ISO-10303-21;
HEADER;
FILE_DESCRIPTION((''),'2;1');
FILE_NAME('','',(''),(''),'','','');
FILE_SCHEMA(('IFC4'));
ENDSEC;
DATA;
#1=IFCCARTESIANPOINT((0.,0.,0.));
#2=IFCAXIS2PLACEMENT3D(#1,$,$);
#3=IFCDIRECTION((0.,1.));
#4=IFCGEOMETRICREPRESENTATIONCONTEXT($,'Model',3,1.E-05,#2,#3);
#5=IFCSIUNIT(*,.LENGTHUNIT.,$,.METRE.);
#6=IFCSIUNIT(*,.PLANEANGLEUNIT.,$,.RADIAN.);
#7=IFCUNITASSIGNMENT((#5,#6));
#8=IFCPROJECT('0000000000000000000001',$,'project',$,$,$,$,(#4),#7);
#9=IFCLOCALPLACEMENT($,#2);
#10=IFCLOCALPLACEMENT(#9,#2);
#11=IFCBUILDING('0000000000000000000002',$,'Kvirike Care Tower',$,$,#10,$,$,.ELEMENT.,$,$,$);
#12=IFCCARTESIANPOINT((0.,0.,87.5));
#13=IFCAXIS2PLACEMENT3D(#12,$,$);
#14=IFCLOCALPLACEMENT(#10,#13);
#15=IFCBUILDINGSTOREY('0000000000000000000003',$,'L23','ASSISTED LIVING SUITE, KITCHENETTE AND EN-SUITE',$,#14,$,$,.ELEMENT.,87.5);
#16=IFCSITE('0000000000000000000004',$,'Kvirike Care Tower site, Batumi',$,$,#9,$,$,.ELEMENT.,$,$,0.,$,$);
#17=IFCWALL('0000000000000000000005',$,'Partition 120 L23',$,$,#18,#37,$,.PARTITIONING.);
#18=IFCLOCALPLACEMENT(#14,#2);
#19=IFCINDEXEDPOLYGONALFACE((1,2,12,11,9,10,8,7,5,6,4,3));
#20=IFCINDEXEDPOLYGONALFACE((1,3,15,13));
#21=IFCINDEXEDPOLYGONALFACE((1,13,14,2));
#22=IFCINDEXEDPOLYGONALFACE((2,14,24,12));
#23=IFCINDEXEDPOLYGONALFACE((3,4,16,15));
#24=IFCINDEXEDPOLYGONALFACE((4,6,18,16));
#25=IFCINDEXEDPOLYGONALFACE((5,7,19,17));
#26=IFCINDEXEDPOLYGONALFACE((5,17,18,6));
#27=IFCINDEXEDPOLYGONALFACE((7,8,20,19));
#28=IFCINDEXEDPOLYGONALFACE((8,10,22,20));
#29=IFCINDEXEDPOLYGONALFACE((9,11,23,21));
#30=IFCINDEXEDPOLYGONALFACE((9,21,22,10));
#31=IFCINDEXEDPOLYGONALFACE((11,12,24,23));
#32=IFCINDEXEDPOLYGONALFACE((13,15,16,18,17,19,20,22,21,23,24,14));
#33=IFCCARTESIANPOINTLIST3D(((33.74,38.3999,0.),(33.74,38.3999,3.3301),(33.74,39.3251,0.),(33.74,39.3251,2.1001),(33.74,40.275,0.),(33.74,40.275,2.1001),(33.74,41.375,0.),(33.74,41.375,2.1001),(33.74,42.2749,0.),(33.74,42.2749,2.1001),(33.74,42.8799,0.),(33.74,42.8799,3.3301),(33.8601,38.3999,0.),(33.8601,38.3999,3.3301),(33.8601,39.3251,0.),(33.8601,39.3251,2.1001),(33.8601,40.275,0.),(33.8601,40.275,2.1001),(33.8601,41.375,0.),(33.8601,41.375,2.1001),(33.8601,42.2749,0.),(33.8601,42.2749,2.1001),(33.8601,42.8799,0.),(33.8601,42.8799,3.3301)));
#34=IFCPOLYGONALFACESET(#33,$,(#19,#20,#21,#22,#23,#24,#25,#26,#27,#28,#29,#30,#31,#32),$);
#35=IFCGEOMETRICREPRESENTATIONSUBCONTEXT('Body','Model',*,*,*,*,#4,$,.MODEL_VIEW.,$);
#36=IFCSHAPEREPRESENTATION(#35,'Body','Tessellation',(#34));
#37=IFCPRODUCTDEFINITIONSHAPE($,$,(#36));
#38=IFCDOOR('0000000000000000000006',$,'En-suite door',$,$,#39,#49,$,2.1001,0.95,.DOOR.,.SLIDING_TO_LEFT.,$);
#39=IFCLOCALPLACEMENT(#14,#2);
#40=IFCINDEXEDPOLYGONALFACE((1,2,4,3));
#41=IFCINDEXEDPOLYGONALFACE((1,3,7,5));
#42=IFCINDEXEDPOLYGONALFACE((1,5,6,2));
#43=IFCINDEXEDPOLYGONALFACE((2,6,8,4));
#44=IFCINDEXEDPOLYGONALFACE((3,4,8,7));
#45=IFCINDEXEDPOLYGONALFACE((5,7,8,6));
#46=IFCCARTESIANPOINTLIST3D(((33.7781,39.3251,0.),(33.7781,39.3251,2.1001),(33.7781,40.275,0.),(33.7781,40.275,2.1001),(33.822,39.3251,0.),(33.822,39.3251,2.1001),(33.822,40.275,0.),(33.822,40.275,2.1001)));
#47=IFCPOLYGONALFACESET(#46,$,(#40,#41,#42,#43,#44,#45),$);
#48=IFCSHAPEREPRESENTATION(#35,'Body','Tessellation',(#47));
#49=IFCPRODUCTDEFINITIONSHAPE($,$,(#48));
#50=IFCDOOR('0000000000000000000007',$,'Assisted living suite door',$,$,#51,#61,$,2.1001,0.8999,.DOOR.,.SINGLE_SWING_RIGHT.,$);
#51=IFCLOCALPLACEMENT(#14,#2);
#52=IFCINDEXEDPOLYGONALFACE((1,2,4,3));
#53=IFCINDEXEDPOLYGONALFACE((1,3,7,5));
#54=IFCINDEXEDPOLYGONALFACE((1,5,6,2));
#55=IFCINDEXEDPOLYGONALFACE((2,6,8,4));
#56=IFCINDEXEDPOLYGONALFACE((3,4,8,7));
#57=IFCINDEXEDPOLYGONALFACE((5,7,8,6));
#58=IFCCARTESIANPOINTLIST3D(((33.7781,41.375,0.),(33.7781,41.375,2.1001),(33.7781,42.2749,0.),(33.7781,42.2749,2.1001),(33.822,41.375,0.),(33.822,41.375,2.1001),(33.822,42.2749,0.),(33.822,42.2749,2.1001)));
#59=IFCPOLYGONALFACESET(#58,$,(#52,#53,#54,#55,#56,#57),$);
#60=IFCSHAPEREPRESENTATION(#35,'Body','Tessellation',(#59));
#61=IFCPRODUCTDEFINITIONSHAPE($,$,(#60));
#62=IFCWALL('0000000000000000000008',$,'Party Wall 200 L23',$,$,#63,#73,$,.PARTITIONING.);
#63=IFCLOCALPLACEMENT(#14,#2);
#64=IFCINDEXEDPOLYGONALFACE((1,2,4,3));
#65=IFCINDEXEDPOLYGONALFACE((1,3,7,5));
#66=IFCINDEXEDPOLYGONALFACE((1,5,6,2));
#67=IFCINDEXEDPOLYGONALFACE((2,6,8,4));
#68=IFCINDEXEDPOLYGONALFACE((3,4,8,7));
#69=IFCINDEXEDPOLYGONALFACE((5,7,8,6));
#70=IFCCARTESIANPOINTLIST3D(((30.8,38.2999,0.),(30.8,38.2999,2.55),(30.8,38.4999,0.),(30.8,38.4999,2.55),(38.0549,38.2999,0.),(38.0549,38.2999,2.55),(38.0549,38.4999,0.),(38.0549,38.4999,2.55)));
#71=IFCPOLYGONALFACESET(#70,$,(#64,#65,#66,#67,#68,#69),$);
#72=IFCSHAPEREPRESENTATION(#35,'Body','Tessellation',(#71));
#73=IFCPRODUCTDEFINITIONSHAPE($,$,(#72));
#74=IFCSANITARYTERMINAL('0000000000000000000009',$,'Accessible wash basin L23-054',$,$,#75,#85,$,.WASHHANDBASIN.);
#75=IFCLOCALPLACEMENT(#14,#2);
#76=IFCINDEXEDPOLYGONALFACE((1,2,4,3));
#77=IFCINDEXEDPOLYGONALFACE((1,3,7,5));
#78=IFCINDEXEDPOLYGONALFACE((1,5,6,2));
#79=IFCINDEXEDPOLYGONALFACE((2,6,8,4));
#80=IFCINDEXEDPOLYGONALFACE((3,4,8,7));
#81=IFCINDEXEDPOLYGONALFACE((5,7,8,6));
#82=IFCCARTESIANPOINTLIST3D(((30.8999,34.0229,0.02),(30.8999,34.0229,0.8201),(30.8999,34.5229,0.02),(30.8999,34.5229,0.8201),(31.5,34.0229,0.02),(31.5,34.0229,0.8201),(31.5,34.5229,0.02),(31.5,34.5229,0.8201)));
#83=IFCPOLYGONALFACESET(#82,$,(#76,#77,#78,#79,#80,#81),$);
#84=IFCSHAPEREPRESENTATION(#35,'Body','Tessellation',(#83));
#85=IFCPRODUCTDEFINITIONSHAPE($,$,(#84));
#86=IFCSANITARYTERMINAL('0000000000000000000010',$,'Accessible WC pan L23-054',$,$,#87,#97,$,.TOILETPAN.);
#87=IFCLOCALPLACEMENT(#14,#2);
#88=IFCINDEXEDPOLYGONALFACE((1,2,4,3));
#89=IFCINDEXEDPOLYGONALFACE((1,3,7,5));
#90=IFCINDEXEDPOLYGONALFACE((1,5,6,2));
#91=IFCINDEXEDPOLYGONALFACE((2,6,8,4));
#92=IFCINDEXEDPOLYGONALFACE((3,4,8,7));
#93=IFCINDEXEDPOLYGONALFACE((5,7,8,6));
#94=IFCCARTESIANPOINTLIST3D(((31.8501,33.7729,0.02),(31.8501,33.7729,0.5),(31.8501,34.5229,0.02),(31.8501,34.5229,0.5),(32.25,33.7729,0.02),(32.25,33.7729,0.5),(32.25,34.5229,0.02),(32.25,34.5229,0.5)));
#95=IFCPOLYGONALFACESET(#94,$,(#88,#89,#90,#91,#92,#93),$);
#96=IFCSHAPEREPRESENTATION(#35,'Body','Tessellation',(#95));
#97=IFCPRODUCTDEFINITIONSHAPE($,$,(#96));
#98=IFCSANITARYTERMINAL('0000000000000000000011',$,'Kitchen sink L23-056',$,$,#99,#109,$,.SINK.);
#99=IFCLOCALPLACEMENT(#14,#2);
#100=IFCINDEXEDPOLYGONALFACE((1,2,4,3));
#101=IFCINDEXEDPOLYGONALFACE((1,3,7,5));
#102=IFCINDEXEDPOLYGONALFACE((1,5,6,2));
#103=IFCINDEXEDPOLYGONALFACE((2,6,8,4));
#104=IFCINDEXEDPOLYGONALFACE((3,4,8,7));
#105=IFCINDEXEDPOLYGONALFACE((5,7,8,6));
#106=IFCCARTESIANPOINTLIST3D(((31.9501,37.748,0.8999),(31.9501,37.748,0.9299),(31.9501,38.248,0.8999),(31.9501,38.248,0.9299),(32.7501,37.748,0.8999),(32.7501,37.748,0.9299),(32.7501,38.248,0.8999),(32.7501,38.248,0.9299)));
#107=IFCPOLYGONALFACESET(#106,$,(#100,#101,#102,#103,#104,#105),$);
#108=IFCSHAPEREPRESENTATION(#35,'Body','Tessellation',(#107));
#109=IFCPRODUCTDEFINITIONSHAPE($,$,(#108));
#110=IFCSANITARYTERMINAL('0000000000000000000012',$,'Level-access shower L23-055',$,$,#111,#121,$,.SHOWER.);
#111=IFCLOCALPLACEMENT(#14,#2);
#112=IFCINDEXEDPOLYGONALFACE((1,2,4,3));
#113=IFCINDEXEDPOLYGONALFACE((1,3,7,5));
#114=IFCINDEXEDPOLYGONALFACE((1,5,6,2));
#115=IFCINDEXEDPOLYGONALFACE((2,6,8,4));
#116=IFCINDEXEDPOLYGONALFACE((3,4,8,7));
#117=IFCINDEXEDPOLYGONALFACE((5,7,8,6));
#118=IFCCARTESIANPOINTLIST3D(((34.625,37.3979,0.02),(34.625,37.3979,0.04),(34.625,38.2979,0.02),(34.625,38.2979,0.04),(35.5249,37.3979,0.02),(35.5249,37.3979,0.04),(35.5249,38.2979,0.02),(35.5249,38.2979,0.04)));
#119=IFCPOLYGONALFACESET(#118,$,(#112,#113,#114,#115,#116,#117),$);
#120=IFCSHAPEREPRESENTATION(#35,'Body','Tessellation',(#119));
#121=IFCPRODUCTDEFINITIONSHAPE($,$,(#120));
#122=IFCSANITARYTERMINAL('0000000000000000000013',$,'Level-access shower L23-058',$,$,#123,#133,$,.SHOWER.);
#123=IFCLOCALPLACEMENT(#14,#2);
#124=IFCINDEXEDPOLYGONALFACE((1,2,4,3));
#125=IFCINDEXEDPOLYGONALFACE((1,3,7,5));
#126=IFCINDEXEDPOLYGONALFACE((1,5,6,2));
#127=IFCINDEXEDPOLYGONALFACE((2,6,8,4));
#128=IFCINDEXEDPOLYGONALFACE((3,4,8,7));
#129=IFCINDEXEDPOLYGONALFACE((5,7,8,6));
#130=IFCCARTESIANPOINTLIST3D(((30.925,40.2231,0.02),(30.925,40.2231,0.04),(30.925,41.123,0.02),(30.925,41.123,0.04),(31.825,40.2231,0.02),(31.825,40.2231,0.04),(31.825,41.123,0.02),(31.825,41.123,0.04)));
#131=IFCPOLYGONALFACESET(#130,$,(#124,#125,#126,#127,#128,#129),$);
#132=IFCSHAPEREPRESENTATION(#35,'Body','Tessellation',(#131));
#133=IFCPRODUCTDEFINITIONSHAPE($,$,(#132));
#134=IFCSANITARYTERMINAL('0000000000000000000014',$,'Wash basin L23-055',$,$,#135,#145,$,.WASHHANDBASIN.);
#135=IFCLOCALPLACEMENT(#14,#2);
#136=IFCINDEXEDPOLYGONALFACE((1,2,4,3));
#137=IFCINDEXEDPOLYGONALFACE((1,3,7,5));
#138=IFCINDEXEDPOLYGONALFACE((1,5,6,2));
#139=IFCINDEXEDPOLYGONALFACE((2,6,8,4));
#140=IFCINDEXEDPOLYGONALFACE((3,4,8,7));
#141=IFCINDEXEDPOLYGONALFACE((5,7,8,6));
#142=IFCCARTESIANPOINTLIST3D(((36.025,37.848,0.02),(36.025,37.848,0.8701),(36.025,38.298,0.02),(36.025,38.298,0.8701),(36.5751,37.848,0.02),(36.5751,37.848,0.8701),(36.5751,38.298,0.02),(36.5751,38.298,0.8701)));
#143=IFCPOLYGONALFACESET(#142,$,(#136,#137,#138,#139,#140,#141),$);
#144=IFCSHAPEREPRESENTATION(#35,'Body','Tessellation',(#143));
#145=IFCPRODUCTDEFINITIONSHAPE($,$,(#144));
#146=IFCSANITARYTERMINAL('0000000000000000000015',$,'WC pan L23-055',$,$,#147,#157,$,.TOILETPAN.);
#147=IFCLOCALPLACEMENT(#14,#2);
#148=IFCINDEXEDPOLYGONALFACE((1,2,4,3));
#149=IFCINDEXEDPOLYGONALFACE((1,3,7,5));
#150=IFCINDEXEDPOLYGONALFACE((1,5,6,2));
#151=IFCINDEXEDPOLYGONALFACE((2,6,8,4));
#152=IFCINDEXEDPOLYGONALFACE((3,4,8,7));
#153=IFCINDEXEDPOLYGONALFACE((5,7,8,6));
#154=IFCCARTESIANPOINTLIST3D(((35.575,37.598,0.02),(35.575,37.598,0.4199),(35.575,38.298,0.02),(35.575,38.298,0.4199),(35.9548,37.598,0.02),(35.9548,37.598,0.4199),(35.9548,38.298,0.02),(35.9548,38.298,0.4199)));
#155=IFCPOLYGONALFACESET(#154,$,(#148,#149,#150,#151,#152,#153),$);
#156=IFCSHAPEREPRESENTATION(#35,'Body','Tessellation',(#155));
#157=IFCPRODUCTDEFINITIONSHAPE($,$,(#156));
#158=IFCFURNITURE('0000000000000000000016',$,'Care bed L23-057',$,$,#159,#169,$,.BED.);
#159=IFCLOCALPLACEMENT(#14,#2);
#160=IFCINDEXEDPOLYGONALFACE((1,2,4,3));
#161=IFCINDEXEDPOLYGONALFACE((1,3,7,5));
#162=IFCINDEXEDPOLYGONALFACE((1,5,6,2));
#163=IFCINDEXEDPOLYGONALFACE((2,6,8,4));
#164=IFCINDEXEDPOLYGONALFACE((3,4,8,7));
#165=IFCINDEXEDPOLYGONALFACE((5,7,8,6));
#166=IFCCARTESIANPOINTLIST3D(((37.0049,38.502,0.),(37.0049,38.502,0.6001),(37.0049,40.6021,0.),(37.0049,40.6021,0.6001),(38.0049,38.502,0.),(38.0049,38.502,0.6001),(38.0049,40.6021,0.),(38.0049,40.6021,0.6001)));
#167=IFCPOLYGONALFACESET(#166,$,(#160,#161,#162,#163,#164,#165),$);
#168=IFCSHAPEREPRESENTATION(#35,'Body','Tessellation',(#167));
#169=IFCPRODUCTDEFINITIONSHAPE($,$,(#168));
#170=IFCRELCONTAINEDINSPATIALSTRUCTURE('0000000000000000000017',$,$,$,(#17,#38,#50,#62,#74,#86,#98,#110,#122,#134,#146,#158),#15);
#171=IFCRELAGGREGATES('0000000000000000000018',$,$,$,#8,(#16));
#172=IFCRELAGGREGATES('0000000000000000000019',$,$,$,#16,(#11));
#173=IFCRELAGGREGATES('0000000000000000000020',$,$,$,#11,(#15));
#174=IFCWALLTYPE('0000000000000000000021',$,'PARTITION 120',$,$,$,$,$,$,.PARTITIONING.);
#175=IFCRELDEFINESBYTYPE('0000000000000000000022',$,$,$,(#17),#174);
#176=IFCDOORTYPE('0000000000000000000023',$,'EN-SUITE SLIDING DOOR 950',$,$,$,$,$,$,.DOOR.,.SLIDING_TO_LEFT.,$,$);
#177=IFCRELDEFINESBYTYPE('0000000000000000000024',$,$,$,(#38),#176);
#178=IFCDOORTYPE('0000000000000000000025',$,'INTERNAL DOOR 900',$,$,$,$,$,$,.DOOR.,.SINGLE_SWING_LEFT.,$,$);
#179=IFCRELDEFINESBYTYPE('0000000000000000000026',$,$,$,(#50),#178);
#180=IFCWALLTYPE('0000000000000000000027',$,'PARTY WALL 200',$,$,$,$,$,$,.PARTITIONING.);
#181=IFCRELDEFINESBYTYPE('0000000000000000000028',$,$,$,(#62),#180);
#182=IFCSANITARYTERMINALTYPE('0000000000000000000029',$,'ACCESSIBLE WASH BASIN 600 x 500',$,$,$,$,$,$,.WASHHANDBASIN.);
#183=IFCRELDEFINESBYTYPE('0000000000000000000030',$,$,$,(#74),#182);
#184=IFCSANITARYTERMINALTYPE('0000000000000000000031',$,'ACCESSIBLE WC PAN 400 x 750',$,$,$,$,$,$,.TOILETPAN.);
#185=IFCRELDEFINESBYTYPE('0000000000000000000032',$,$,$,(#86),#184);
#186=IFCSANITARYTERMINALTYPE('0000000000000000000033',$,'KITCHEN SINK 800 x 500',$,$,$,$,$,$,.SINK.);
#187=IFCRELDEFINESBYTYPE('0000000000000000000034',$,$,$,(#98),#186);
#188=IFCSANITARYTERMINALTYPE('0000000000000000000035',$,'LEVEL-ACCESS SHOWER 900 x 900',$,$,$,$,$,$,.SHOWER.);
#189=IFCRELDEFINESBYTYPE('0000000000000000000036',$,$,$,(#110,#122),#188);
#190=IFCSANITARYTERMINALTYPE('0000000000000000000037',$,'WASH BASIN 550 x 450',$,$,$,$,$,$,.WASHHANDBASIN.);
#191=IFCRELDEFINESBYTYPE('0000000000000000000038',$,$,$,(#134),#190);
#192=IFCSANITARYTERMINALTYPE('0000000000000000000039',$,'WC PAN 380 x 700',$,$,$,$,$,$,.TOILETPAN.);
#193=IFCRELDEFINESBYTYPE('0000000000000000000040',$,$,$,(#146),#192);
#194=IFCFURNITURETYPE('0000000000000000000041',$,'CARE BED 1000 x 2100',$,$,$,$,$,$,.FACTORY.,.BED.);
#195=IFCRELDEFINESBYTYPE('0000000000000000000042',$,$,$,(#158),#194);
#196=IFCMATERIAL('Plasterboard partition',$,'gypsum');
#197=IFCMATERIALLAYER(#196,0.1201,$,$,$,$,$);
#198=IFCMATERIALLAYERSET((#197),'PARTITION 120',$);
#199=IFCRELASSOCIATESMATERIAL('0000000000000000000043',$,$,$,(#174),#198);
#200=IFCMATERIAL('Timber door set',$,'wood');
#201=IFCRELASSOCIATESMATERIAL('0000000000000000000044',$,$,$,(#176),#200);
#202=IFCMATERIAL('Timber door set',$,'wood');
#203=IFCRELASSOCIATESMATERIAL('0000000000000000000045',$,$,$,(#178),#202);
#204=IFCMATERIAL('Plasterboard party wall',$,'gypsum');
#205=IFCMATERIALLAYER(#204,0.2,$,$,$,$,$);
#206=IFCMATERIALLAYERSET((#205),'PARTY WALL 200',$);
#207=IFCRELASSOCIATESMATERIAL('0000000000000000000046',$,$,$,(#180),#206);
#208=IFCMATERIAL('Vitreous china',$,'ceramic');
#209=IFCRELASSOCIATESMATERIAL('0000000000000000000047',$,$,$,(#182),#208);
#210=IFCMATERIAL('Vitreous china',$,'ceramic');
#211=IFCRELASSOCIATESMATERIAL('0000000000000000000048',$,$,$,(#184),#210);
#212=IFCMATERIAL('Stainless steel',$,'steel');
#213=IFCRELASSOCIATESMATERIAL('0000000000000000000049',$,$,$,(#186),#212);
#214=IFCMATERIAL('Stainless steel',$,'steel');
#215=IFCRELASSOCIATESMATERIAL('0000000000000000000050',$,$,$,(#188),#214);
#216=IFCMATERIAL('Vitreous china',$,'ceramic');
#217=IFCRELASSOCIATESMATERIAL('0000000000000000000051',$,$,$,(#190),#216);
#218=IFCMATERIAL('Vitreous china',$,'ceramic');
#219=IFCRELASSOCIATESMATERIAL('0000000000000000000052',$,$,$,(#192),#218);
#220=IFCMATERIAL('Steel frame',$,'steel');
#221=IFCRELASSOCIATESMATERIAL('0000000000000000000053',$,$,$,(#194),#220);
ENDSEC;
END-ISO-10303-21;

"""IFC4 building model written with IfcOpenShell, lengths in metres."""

from ifc_helpers import new_model, si_unit, direction, frame, frame_2d, origin, origin_2d, place, context, subcontext, project, spatial, rectangle, extrude, material, layer, layer_set, type_object, element, fill, save


model = new_model("IFC4")

# Units and contexts
model_context = context("Model", 3, precision=1e-05, world=origin(), true_north=direction((0.0, 1.0)))
body_context = subcontext(model_context, "Body", "Model", "MODEL_VIEW")
ifc_project = project(units=[si_unit("LENGTHUNIT", "METRE"), si_unit("PLANEANGLEUNIT", "RADIAN")], contexts=[model_context])

# Site, building, storey
site_placement = place(None, origin())
site = spatial("IfcSite", under=ifc_project, at=site_placement, Name="Kvirike Care Tower site, Batumi", CompositionType="ELEMENT", RefElevation=0.0)
building_placement = place(site_placement, origin())
building = spatial("IfcBuilding", under=site, at=building_placement, Name="Kvirike Care Tower", CompositionType="ELEMENT")
storey_placement = place(building_placement, frame((0.0, 0.0, 87.5)))
storey = spatial("IfcBuildingStorey", under=building, at=storey_placement, Name="L23", Description="ASSISTED LIVING SUITE, KITCHENETTE AND EN-SUITE", CompositionType="ELEMENT", Elevation=87.5)

# Wall, openings, doors
ifc_material_1 = material(Name="Plasterboard partition", Category="gypsum")
ifc_layer_1 = layer(ifc_material_1, 0.1201)
ifc_layer_set_1 = layer_set([ifc_layer_1], Name="PARTITION 120")
wall_type_1 = type_object("IfcWallType", Name="PARTITION 120", PredefinedType="PARTITIONING", material=ifc_layer_set_1)
ifc_material_2 = material(Name="Timber door set", Category="wood")
door_type_1 = type_object("IfcDoorType", Name="EN-SUITE SLIDING DOOR 950", OperationType="SLIDING_TO_LEFT", PredefinedType="DOOR", material=ifc_material_2)
ifc_material_3 = material(Name="Timber door set", Category="wood")
door_type_2 = type_object("IfcDoorType", Name="INTERNAL DOOR 900", OperationType="SINGLE_SWING_LEFT", PredefinedType="DOOR", material=ifc_material_3)
wall_1_placement = place(storey_placement, frame((33.8, 38.3999, 0.0), z_axis=(0.0, 0.0, 1.0), x_axis=(0.0, 1.0, 0.0)))
wall_1 = element("IfcWall", 1, at=wall_1_placement, inside=storey, type_object=wall_type_1, Name="Partition 120 L23", PredefinedType="PARTITIONING", context=body_context, shape_type="SweptSolid", body=[
    extrude(rectangle(XDim=4.48, YDim=0.1201, at=frame_2d((2.24, 0.0))), origin(), (0.0, 0.0, 1.0), 3.3301),
])
opening_1_placement = place(wall_1_placement, frame((2.9751, 0.0, 0.0)))
opening_1 = element("IfcOpeningElement", 2, at=opening_1_placement, cuts=wall_1, PredefinedType="OPENING", context=body_context, shape_type="SweptSolid", body=[
    extrude(rectangle(XDim=0.8999, YDim=2.1001, at=frame_2d((0.45, 1.05))), frame((0.0, 0.0706, 0.0), z_axis=(0.0, -1.0, 0.0), x_axis=(1.0, 0.0, 0.0)), (0.0, 0.0, 1.0), 0.1411),
])
opening_2_placement = place(wall_1_placement, frame((0.925, 0.0, 0.0)))
opening_2 = element("IfcOpeningElement", 3, at=opening_2_placement, cuts=wall_1, PredefinedType="OPENING", context=body_context, shape_type="SweptSolid", body=[
    extrude(rectangle(XDim=0.95, YDim=2.1001, at=frame_2d((0.4751, 1.05))), frame((0.0, 0.0706, 0.0), z_axis=(0.0, -1.0, 0.0), x_axis=(1.0, 0.0, 0.0)), (0.0, 0.0, 1.0), 0.1411),
])
door_1_placement = place(opening_2_placement, origin())
door_1 = element("IfcDoor", 4, at=door_1_placement, inside=storey, type_object=door_type_1, Name="En-suite door", OperationType="SLIDING_TO_LEFT", OverallHeight=2.1001, OverallWidth=0.95, PredefinedType="DOOR", context=body_context, shape_type="SweptSolid", body=[
    extrude(rectangle(XDim=0.95, YDim=2.1001, at=frame_2d((0.4751, 1.05))), frame((0.0, 0.022, 0.0), z_axis=(0.0, -1.0, 0.0), x_axis=(1.0, 0.0, 0.0)), (0.0, 0.0, 1.0), 0.0439),
])
fill(opening_2, door_1)
door_2_placement = place(opening_1_placement, origin())
door_2 = element("IfcDoor", 5, at=door_2_placement, inside=storey, type_object=door_type_2, Name="Assisted living suite door", OperationType="SINGLE_SWING_RIGHT", OverallHeight=2.1001, OverallWidth=0.8999, PredefinedType="DOOR", context=body_context, shape_type="SweptSolid", body=[
    extrude(rectangle(XDim=0.8999, YDim=2.1001, at=frame_2d((0.45, 1.05))), frame((0.0, 0.022, 0.0), z_axis=(0.0, -1.0, 0.0), x_axis=(1.0, 0.0, 0.0)), (0.0, 0.0, 1.0), 0.0439),
])
fill(opening_1, door_2)

# Wall
ifc_material_4 = material(Name="Plasterboard party wall", Category="gypsum")
ifc_layer_2 = layer(ifc_material_4, 0.2)
ifc_layer_set_2 = layer_set([ifc_layer_2], Name="PARTY WALL 200")
wall_type_2 = type_object("IfcWallType", Name="PARTY WALL 200", PredefinedType="PARTITIONING", material=ifc_layer_set_2)
wall_2_placement = place(storey_placement, frame((38.0549, 38.3999, 0.0), z_axis=(0.0, 0.0, 1.0), x_axis=(-1.0, 0.0, 0.0)))
element("IfcWall", 6, at=wall_2_placement, inside=storey, type_object=wall_type_2, Name="Party Wall 200 L23", PredefinedType="PARTITIONING", context=body_context, shape_type="SweptSolid", body=[
    extrude(rectangle(XDim=7.2549, YDim=0.2, at=frame_2d((3.6274, 0.0))), origin(), (0.0, 0.0, 1.0), 2.55),
])

# Sanitary terminals
ifc_material_5 = material(Name="Vitreous china", Category="ceramic")
sanitary_terminal_type_1 = type_object("IfcSanitaryTerminalType", Name="ACCESSIBLE WASH BASIN 600 x 500", PredefinedType="WASHHANDBASIN", material=ifc_material_5)
sanitary_terminal_1_placement = place(storey_placement, frame((31.2, 34.2729, 0.02), z_axis=(0.0, 0.0, 1.0), x_axis=(1.0, 0.0, 0.0)))
element("IfcSanitaryTerminal", 7, at=sanitary_terminal_1_placement, inside=storey, type_object=sanitary_terminal_type_1, Name="Accessible wash basin L23-054", PredefinedType="WASHHANDBASIN", context=body_context, shape_type="SweptSolid", body=[
    extrude(rectangle(XDim=0.6001, YDim=0.5, at=origin_2d()), origin(), (0.0, 0.0, 1.0), 0.8),
])
ifc_material_6 = material(Name="Vitreous china", Category="ceramic")
sanitary_terminal_type_2 = type_object("IfcSanitaryTerminalType", Name="ACCESSIBLE WC PAN 400 x 750", PredefinedType="TOILETPAN", material=ifc_material_6)
sanitary_terminal_2_placement = place(storey_placement, frame((32.05, 34.1479, 0.02), z_axis=(0.0, 0.0, 1.0), x_axis=(1.0, 0.0, 0.0)))
element("IfcSanitaryTerminal", 8, at=sanitary_terminal_2_placement, inside=storey, type_object=sanitary_terminal_type_2, Name="Accessible WC pan L23-054", PredefinedType="TOILETPAN", context=body_context, shape_type="SweptSolid", body=[
    extrude(rectangle(XDim=0.3999, YDim=0.75, at=origin_2d()), origin(), (0.0, 0.0, 1.0), 0.48),
])
ifc_material_7 = material(Name="Stainless steel", Category="steel")
sanitary_terminal_type_3 = type_object("IfcSanitaryTerminalType", Name="KITCHEN SINK 800 x 500", PredefinedType="SINK", material=ifc_material_7)
sanitary_terminal_3_placement = place(storey_placement, frame((32.3501, 37.998, 0.8999), z_axis=(0.0, 0.0, 1.0), x_axis=(1.0, 0.0, 0.0)))
element("IfcSanitaryTerminal", 9, at=sanitary_terminal_3_placement, inside=storey, type_object=sanitary_terminal_type_3, Name="Kitchen sink L23-056", PredefinedType="SINK", context=body_context, shape_type="SweptSolid", body=[
    extrude(rectangle(XDim=0.8, YDim=0.5, at=origin_2d()), origin(), (0.0, 0.0, 1.0), 0.03),
])
ifc_material_8 = material(Name="Stainless steel", Category="steel")
sanitary_terminal_type_4 = type_object("IfcSanitaryTerminalType", Name="LEVEL-ACCESS SHOWER 900 x 900", PredefinedType="SHOWER", material=ifc_material_8)
for number, where, z_axis, x_axis, name in (
    (10, (35.075, 37.8479, 0.02), (0.0, 0.0, 1.0), (1.0, 0.0, 0.0), "Level-access shower L23-055"),
    (11, (31.375, 40.6731, 0.02), (0.0, 0.0, 1.0), (1.0, 0.0, 0.0), "Level-access shower L23-058"),
):
    element("IfcSanitaryTerminal", number, at=place(storey_placement, frame(where, z_axis=z_axis, x_axis=x_axis)), inside=storey, type_object=sanitary_terminal_type_4, Name=name, PredefinedType="SHOWER", context=body_context, shape_type="SweptSolid", body=[
        extrude(rectangle(XDim=0.8999, YDim=0.8999, at=origin_2d()), origin(), (0.0, 0.0, 1.0), 0.02),
    ])
ifc_material_9 = material(Name="Vitreous china", Category="ceramic")
sanitary_terminal_type_5 = type_object("IfcSanitaryTerminalType", Name="WASH BASIN 550 x 450", PredefinedType="WASHHANDBASIN", material=ifc_material_9)
sanitary_terminal_4_placement = place(storey_placement, frame((36.3, 38.073, 0.02), z_axis=(0.0, 0.0, 1.0), x_axis=(1.0, 0.0, 0.0)))
element("IfcSanitaryTerminal", 12, at=sanitary_terminal_4_placement, inside=storey, type_object=sanitary_terminal_type_5, Name="Wash basin L23-055", PredefinedType="WASHHANDBASIN", context=body_context, shape_type="SweptSolid", body=[
    extrude(rectangle(XDim=0.55, YDim=0.45, at=origin_2d()), origin(), (0.0, 0.0, 1.0), 0.8501),
])
ifc_material_10 = material(Name="Vitreous china", Category="ceramic")
sanitary_terminal_type_6 = type_object("IfcSanitaryTerminalType", Name="WC PAN 380 x 700", PredefinedType="TOILETPAN", material=ifc_material_10)
sanitary_terminal_5_placement = place(storey_placement, frame((35.7649, 37.948, 0.02), z_axis=(0.0, 0.0, 1.0), x_axis=(1.0, 0.0, 0.0)))
element("IfcSanitaryTerminal", 13, at=sanitary_terminal_5_placement, inside=storey, type_object=sanitary_terminal_type_6, Name="WC pan L23-055", PredefinedType="TOILETPAN", context=body_context, shape_type="SweptSolid", body=[
    extrude(rectangle(XDim=0.3799, YDim=0.7, at=origin_2d()), origin(), (0.0, 0.0, 1.0), 0.3999),
])

# Furniture
ifc_material_11 = material(Name="Steel frame", Category="steel")
furniture_type_1 = type_object("IfcFurnitureType", Name="CARE BED 1000 x 2100", AssemblyPlace="FACTORY", PredefinedType="BED", material=ifc_material_11)
furniture_1_placement = place(storey_placement, frame((37.5049, 39.552, 0.0), z_axis=(0.0, 0.0, 1.0), x_axis=(-1.0, 0.0, 0.0)))
element("IfcFurniture", 14, at=furniture_1_placement, inside=storey, type_object=furniture_type_1, Name="Care bed L23-057", PredefinedType="BED", context=body_context, shape_type="SweptSolid", body=[
    extrude(rectangle(XDim=1.0, YDim=2.1001, at=origin_2d()), origin(), (0.0, 0.0, 1.0), 0.6001),
])

save(model, "model.ifc")
